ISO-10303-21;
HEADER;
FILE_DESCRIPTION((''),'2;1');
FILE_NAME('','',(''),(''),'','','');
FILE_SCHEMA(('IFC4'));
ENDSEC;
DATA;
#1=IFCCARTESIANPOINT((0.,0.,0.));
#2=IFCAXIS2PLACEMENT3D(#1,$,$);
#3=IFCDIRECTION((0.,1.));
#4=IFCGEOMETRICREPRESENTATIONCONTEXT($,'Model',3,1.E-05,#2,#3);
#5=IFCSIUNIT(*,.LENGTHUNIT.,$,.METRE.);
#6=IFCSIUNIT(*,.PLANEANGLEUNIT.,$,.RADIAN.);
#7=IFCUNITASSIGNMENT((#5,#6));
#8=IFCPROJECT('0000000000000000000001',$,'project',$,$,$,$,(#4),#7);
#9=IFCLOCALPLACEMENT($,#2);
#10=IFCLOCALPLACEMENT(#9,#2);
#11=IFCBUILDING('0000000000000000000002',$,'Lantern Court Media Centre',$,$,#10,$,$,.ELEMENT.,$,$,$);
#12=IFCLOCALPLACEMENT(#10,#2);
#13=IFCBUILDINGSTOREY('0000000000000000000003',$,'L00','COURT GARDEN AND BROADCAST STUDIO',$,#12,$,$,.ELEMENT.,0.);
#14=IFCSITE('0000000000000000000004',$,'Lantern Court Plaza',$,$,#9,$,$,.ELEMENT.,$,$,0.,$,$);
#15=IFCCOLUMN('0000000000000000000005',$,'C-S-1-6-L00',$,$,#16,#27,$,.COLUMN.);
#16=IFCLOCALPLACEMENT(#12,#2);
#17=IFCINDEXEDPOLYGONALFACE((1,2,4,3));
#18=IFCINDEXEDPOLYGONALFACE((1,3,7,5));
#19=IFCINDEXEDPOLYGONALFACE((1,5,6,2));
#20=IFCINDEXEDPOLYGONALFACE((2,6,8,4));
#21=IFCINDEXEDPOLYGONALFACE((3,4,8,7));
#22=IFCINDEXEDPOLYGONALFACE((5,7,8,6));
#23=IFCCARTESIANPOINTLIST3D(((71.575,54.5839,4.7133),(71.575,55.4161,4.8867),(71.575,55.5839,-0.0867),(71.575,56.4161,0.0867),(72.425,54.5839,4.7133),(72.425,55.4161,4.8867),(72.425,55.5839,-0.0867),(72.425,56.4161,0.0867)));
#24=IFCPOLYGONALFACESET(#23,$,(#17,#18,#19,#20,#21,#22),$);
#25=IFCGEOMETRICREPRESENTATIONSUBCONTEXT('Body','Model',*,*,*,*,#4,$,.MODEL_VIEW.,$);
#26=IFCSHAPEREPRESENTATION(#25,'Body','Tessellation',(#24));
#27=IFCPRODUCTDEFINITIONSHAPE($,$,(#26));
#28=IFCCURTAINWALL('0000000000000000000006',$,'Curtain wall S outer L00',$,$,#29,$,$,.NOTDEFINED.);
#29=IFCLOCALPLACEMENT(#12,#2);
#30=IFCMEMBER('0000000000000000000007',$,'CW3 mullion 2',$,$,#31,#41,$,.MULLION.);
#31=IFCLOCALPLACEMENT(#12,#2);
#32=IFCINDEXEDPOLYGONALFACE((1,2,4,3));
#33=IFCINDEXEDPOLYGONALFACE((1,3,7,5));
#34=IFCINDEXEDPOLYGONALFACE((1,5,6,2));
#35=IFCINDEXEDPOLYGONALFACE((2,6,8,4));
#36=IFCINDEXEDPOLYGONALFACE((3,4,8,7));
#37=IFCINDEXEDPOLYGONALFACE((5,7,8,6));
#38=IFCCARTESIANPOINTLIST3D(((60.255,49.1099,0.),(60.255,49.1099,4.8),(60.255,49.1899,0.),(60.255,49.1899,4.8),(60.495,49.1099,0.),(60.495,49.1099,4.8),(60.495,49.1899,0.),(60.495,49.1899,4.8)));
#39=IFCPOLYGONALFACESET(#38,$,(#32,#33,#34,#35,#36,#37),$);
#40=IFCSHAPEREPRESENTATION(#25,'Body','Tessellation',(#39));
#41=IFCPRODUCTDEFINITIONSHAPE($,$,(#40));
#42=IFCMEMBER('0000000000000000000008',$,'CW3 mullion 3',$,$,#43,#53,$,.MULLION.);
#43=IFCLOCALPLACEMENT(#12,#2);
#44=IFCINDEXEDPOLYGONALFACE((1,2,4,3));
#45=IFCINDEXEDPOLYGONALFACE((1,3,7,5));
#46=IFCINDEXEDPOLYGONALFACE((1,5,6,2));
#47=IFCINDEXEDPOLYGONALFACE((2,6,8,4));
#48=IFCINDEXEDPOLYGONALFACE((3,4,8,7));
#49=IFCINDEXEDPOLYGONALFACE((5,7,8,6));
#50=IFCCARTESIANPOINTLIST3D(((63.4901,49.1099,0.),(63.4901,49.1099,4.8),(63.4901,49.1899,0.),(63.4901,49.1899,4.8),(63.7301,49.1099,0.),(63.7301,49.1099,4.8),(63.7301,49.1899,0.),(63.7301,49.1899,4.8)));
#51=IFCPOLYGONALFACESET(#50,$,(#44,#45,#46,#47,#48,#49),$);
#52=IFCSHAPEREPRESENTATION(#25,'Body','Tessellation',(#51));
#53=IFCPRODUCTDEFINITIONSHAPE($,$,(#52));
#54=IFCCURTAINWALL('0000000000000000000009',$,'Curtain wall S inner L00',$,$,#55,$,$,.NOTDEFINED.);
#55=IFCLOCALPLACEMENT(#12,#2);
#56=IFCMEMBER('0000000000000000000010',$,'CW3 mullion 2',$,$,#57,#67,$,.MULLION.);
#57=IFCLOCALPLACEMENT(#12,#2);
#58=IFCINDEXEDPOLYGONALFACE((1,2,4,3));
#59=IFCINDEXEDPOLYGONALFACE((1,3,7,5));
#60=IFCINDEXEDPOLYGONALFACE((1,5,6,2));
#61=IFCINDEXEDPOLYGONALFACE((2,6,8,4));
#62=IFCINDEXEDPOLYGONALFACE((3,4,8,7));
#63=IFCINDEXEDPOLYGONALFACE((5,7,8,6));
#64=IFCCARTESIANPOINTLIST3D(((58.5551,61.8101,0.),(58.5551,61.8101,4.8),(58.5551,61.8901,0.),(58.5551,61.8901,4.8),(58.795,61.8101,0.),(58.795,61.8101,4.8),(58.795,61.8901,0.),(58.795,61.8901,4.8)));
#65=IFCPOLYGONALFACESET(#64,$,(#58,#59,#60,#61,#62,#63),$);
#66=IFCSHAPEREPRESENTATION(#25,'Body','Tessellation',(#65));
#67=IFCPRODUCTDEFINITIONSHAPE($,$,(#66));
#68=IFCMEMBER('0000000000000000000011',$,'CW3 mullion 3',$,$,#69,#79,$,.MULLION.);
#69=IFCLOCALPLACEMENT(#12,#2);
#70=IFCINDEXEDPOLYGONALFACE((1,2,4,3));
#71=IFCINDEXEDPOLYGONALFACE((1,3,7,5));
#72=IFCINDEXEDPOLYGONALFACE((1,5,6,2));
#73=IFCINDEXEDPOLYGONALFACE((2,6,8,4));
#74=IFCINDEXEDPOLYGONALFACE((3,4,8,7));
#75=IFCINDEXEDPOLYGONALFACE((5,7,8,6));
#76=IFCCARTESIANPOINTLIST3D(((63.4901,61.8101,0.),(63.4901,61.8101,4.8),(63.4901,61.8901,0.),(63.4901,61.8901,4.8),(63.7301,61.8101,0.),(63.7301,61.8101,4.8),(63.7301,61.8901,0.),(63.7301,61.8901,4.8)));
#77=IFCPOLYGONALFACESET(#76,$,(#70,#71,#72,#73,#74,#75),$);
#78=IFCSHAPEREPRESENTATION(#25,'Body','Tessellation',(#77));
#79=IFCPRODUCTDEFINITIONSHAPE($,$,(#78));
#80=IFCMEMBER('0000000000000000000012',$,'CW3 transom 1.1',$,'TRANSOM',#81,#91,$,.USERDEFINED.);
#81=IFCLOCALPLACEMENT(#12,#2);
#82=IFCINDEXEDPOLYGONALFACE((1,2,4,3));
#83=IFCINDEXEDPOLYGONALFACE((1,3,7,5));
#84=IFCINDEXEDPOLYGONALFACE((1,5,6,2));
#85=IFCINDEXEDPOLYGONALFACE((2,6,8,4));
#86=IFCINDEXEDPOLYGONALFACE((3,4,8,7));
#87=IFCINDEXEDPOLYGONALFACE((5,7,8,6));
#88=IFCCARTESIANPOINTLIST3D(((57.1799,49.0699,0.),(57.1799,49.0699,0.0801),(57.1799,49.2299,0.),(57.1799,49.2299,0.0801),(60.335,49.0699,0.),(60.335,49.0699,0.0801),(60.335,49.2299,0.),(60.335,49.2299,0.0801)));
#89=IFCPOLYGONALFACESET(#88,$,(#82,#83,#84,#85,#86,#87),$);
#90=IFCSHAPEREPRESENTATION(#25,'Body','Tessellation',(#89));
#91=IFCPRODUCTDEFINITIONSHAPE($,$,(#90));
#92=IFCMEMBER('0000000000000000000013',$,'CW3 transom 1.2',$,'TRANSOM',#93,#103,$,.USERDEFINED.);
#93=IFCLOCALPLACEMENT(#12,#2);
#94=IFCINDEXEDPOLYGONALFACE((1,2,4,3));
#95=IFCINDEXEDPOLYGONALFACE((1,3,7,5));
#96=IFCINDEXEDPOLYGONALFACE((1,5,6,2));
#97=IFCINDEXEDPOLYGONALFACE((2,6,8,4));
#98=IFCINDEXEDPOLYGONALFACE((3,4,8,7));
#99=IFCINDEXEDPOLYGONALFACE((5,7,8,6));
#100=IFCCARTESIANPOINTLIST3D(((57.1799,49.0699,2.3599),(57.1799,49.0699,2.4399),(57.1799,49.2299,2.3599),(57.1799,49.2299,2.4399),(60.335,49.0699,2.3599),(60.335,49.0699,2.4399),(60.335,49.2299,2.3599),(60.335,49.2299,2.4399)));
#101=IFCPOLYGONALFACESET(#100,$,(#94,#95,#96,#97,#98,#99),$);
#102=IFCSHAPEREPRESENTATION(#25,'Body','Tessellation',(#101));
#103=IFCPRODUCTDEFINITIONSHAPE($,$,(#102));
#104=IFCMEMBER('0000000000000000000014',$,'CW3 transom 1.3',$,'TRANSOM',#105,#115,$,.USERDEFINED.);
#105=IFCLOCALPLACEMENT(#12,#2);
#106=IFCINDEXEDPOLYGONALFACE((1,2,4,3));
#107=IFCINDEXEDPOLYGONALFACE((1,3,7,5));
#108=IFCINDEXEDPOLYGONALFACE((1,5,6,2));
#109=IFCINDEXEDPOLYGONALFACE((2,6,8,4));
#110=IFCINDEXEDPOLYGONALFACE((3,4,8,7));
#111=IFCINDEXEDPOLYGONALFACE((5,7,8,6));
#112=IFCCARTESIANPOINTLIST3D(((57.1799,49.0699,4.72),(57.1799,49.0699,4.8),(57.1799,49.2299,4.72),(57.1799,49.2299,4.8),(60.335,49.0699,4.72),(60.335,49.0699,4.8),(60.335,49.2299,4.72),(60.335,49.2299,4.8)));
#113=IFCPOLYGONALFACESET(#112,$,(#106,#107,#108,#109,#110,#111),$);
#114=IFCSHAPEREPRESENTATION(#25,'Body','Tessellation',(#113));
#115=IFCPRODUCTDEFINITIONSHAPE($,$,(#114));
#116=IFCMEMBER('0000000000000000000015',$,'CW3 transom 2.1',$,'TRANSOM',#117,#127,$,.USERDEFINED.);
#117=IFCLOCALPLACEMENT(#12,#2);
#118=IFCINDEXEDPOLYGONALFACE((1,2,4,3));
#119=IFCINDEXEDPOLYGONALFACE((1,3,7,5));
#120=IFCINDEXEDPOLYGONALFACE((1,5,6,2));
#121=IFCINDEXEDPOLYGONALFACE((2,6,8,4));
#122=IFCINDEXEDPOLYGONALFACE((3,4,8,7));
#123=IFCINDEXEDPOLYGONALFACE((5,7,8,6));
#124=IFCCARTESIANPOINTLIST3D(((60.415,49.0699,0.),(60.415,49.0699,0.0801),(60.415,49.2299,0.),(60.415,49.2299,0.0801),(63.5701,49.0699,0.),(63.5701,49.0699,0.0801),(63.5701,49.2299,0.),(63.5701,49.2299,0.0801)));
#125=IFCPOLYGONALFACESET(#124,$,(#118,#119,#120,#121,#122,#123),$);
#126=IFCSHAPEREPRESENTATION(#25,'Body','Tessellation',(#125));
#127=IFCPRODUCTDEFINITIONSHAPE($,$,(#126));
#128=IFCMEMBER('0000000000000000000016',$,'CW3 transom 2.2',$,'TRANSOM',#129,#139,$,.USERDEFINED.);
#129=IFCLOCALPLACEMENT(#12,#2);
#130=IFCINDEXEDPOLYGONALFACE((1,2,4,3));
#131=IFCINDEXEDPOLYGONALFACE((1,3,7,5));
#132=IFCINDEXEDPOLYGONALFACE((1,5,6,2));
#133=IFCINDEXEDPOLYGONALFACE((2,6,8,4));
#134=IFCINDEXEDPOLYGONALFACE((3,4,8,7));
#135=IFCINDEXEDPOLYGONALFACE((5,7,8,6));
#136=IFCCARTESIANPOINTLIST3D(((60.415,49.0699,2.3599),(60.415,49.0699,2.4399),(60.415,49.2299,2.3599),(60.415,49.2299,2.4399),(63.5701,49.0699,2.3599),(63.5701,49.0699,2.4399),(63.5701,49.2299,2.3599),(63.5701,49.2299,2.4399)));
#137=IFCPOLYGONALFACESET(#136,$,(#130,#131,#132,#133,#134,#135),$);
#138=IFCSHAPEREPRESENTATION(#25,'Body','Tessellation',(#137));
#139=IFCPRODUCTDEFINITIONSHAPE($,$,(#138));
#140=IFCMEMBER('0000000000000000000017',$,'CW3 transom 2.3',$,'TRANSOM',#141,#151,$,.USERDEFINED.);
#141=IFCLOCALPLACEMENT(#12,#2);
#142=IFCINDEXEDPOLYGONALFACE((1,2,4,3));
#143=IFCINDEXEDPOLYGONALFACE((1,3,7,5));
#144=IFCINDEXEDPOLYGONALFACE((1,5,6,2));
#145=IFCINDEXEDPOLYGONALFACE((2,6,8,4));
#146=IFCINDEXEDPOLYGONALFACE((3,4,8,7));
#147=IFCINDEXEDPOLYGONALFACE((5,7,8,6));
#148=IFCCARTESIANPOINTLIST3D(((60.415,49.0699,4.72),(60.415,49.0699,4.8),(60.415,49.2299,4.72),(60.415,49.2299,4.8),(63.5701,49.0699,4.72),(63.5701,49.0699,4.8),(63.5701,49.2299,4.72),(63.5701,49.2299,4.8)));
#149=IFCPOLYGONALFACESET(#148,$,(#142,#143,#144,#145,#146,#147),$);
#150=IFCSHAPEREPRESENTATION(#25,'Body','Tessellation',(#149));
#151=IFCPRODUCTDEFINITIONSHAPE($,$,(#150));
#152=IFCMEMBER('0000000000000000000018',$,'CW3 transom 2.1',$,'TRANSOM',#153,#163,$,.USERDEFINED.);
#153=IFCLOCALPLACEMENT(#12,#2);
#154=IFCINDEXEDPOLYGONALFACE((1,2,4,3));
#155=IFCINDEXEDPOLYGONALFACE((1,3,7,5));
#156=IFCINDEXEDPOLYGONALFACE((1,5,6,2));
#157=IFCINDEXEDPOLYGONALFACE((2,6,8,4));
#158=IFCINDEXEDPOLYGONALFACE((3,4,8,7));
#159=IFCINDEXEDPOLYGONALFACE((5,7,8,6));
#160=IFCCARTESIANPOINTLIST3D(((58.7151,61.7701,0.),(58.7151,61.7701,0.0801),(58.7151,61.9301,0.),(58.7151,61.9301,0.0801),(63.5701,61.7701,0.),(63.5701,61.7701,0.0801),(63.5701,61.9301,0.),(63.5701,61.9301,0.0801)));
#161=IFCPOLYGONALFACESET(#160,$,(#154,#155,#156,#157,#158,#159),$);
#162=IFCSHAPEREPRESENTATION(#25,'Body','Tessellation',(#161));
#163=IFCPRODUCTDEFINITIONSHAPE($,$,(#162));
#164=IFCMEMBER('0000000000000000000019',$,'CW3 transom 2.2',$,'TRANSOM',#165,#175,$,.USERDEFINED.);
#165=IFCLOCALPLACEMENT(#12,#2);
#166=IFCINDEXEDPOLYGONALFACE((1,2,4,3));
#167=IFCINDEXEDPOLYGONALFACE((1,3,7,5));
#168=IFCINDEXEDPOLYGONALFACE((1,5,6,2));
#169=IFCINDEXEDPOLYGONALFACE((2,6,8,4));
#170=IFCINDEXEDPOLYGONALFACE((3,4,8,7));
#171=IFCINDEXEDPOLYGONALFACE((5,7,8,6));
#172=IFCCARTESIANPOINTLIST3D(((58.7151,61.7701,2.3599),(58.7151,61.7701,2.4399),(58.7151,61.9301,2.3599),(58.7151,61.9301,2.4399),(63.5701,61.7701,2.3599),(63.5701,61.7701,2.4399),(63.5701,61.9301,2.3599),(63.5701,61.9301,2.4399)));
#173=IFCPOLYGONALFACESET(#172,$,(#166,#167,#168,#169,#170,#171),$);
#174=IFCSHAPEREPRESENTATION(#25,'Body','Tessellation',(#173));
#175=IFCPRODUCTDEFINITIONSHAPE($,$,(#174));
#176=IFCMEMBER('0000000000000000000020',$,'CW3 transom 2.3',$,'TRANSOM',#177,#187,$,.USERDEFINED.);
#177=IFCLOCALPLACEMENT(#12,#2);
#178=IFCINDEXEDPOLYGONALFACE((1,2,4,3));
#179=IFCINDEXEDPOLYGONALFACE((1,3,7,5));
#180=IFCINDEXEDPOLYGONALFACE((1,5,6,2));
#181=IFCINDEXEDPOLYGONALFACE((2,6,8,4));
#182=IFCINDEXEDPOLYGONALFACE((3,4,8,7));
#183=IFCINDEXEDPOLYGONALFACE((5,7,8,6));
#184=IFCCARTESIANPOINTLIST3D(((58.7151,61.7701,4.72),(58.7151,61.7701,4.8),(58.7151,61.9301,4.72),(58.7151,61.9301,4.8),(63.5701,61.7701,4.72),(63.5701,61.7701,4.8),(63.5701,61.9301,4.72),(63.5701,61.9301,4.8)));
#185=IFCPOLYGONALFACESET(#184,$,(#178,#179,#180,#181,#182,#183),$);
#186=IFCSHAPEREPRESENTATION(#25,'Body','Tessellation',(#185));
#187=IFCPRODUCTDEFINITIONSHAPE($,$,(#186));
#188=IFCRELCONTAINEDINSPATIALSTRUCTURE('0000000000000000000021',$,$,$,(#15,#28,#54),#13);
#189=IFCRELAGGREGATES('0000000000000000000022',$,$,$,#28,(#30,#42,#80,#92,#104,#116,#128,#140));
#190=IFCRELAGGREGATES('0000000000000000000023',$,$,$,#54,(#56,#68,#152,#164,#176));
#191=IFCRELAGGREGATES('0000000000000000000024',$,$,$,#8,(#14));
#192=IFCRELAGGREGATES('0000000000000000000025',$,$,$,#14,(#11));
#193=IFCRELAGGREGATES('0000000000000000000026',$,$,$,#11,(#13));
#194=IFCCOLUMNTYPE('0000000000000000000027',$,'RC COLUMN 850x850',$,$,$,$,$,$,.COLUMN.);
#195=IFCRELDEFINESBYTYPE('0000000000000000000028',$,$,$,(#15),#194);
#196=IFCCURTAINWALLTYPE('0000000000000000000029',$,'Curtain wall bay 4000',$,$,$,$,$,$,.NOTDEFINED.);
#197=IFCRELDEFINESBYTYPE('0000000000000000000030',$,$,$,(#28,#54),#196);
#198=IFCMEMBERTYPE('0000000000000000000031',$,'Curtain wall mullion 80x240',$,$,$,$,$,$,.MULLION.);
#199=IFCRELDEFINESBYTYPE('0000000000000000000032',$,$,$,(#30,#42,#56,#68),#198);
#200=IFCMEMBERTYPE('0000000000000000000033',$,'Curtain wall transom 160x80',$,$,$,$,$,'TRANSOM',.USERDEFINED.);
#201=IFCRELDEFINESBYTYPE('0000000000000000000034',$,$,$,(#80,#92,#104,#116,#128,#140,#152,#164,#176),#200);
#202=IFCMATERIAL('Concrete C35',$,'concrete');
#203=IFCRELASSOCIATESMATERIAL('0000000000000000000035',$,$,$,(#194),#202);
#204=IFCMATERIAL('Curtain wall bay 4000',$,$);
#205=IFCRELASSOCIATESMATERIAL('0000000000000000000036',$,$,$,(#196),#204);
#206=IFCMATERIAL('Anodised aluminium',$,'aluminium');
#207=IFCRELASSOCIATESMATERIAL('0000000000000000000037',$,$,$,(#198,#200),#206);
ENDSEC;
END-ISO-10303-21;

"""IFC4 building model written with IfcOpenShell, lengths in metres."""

from ifc_helpers import new_model, si_unit, direction, frame, origin, origin_2d, place, context, subcontext, project, spatial, rectangle, extrude, material, material_profile, profile_set, type_object, element, aggregate, save


model = new_model("IFC4")

# Units and contexts
model_context = context("Model", 3, precision=1e-05, world=origin(), true_north=direction((0.0, 1.0)))
body_context = subcontext(model_context, "Body", "Model", "MODEL_VIEW")
ifc_project = project(units=[si_unit("LENGTHUNIT", "METRE"), si_unit("PLANEANGLEUNIT", "RADIAN")], contexts=[model_context])

# Site, building, storey
site_placement = place(None, origin())
site = spatial("IfcSite", under=ifc_project, at=site_placement, Name="Lantern Court Plaza", CompositionType="ELEMENT", RefElevation=0.0)
building_placement = place(site_placement, origin())
building = spatial("IfcBuilding", under=site, at=building_placement, Name="Lantern Court Media Centre", CompositionType="ELEMENT")
storey_placement = place(building_placement, origin())
storey = spatial("IfcBuildingStorey", under=building, at=storey_placement, Name="L00", Description="COURT GARDEN AND BROADCAST STUDIO", CompositionType="ELEMENT", Elevation=0.0)

# Column
ifc_material_1 = material(Name="Concrete C35", Category="concrete")
ifc_material_profile_1 = material_profile(ifc_material_1, rectangle(XDim=0.8501, YDim=0.8501, at=origin_2d()), Name="RC 850x850")
ifc_profile_set_1 = profile_set([ifc_material_profile_1], Name="Concrete C35")
column_type = type_object("IfcColumnType", Name="RC COLUMN 850x850", PredefinedType="COLUMN", material=ifc_profile_set_1)
column_placement = place(storey_placement, frame((72.0, 56.0, 0.0), z_axis=(0.0, -0.203952, 0.978981), x_axis=(1.0, 0.0, 0.0)))
element("IfcColumn", 1, at=column_placement, inside=storey, type_object=column_type, Name="C-S-1-6-L00", PredefinedType="COLUMN", context=body_context, shape_type="SweptSolid", body=[
    extrude(rectangle(XDim=0.8501, YDim=0.8501, at=origin_2d()), origin(), (0.0, 0.0, 1.0), 4.9031),
])

# Curtain walls, members
ifc_material_2 = material(Name="Curtain wall bay 4000")
curtain_wall_type_1 = type_object("IfcCurtainWallType", Name="Curtain wall bay 4000", PredefinedType="NOTDEFINED", material=ifc_material_2)
curtain_wall_1_placement = place(storey_placement, origin())
curtain_wall_1 = element("IfcCurtainWall", 2, at=curtain_wall_1_placement, inside=storey, type_object=curtain_wall_type_1, Name="Curtain wall S outer L00", PredefinedType="NOTDEFINED")
ifc_material_3 = material(Name="Anodised aluminium", Category="aluminium")
ifc_material_profile_2 = material_profile(ifc_material_3, rectangle(XDim=0.0801, YDim=0.24, at=origin_2d()), Name="AL 80x240")
ifc_profile_set_2 = profile_set([ifc_material_profile_2], Name="Anodised aluminium")
member_type_1 = type_object("IfcMemberType", Name="Curtain wall mullion 80x240", PredefinedType="MULLION", material=ifc_profile_set_2)
member_1_placement = place(storey_placement, frame((60.375, 49.1499, 0.0), z_axis=(0.0, 0.0, 1.0), x_axis=(0.0, 1.0, 0.0)))
member_1 = element("IfcMember", 3, at=member_1_placement, type_object=member_type_1, Name="CW3 mullion 2", PredefinedType="MULLION", context=body_context, shape_type="SweptSolid", body=[
    extrude(rectangle(XDim=0.0801, YDim=0.24, at=origin_2d()), origin(), (0.0, 0.0, 1.0), 4.8),
])
member_2_placement = place(storey_placement, frame((63.6101, 49.1499, 0.0), z_axis=(0.0, 0.0, 1.0), x_axis=(0.0, 1.0, 0.0)))
member_2 = element("IfcMember", 4, at=member_2_placement, type_object=member_type_1, Name="CW3 mullion 3", PredefinedType="MULLION", context=body_context, shape_type="SweptSolid", body=[
    extrude(rectangle(XDim=0.0801, YDim=0.24, at=origin_2d()), origin(), (0.0, 0.0, 1.0), 4.8),
])
curtain_wall_2_placement = place(storey_placement, origin())
curtain_wall_2 = element("IfcCurtainWall", 5, at=curtain_wall_2_placement, inside=storey, type_object=curtain_wall_type_1, Name="Curtain wall S inner L00", PredefinedType="NOTDEFINED")
member_3_placement = place(storey_placement, frame((58.675, 61.8501, 0.0), z_axis=(0.0, 0.0, 1.0), x_axis=(0.0, 1.0, 0.0)))
member_3 = element("IfcMember", 6, at=member_3_placement, type_object=member_type_1, Name="CW3 mullion 2", PredefinedType="MULLION", context=body_context, shape_type="SweptSolid", body=[
    extrude(rectangle(XDim=0.0801, YDim=0.24, at=origin_2d()), origin(), (0.0, 0.0, 1.0), 4.8),
])
member_4_placement = place(storey_placement, frame((63.6101, 61.8501, 0.0), z_axis=(0.0, 0.0, 1.0), x_axis=(0.0, 1.0, 0.0)))
member_4 = element("IfcMember", 7, at=member_4_placement, type_object=member_type_1, Name="CW3 mullion 3", PredefinedType="MULLION", context=body_context, shape_type="SweptSolid", body=[
    extrude(rectangle(XDim=0.0801, YDim=0.24, at=origin_2d()), origin(), (0.0, 0.0, 1.0), 4.8),
])

# Members
ifc_material_profile_3 = material_profile(ifc_material_3, rectangle(XDim=0.1599, YDim=0.0801, at=origin_2d()), Name="AL 80x160")
ifc_profile_set_3 = profile_set([ifc_material_profile_3], Name="Anodised aluminium")
member_type_2 = type_object("IfcMemberType", Name="Curtain wall transom 160x80", ElementType="TRANSOM", PredefinedType="USERDEFINED", material=ifc_profile_set_3)
member_5_placement = place(storey_placement, frame((57.1799, 49.1499, 0.04), z_axis=(1.0, 0.0, 0.0), x_axis=(0.0, 1.0, 0.0)))
member_5 = element("IfcMember", 8, at=member_5_placement, type_object=member_type_2, Name="CW3 transom 1.1", ObjectType="TRANSOM", PredefinedType="USERDEFINED", context=body_context, shape_type="SweptSolid", body=[
    extrude(rectangle(XDim=0.1599, YDim=0.0801, at=origin_2d()), origin(), (0.0, 0.0, 1.0), 3.155),
])
member_6_placement = place(storey_placement, frame((57.1799, 49.1499, 2.3999), z_axis=(1.0, 0.0, 0.0), x_axis=(0.0, 1.0, 0.0)))
member_6 = element("IfcMember", 9, at=member_6_placement, type_object=member_type_2, Name="CW3 transom 1.2", ObjectType="TRANSOM", PredefinedType="USERDEFINED", context=body_context, shape_type="SweptSolid", body=[
    extrude(rectangle(XDim=0.1599, YDim=0.0801, at=origin_2d()), origin(), (0.0, 0.0, 1.0), 3.155),
])
member_7_placement = place(storey_placement, frame((57.1799, 49.1499, 4.76), z_axis=(1.0, 0.0, 0.0), x_axis=(0.0, 1.0, 0.0)))
member_7 = element("IfcMember", 10, at=member_7_placement, type_object=member_type_2, Name="CW3 transom 1.3", ObjectType="TRANSOM", PredefinedType="USERDEFINED", context=body_context, shape_type="SweptSolid", body=[
    extrude(rectangle(XDim=0.1599, YDim=0.0801, at=origin_2d()), origin(), (0.0, 0.0, 1.0), 3.155),
])
member_8_placement = place(storey_placement, frame((60.415, 49.1499, 0.04), z_axis=(1.0, 0.0, 0.0), x_axis=(0.0, 1.0, 0.0)))
member_8 = element("IfcMember", 11, at=member_8_placement, type_object=member_type_2, Name="CW3 transom 2.1", ObjectType="TRANSOM", PredefinedType="USERDEFINED", context=body_context, shape_type="SweptSolid", body=[
    extrude(rectangle(XDim=0.1599, YDim=0.0801, at=origin_2d()), origin(), (0.0, 0.0, 1.0), 3.155),
])
member_9_placement = place(storey_placement, frame((60.415, 49.1499, 2.3999), z_axis=(1.0, 0.0, 0.0), x_axis=(0.0, 1.0, 0.0)))
member_9 = element("IfcMember", 12, at=member_9_placement, type_object=member_type_2, Name="CW3 transom 2.2", ObjectType="TRANSOM", PredefinedType="USERDEFINED", context=body_context, shape_type="SweptSolid", body=[
    extrude(rectangle(XDim=0.1599, YDim=0.0801, at=origin_2d()), origin(), (0.0, 0.0, 1.0), 3.155),
])
member_10_placement = place(storey_placement, frame((60.415, 49.1499, 4.76), z_axis=(1.0, 0.0, 0.0), x_axis=(0.0, 1.0, 0.0)))
member_10 = element("IfcMember", 13, at=member_10_placement, type_object=member_type_2, Name="CW3 transom 2.3", ObjectType="TRANSOM", PredefinedType="USERDEFINED", context=body_context, shape_type="SweptSolid", body=[
    extrude(rectangle(XDim=0.1599, YDim=0.0801, at=origin_2d()), origin(), (0.0, 0.0, 1.0), 3.155),
])
member_11_placement = place(storey_placement, frame((58.7151, 61.8501, 0.04), z_axis=(1.0, 0.0, 0.0), x_axis=(0.0, 1.0, 0.0)))
member_11 = element("IfcMember", 14, at=member_11_placement, type_object=member_type_2, Name="CW3 transom 2.1", ObjectType="TRANSOM", PredefinedType="USERDEFINED", context=body_context, shape_type="SweptSolid", body=[
    extrude(rectangle(XDim=0.1599, YDim=0.0801, at=origin_2d()), origin(), (0.0, 0.0, 1.0), 4.855),
])
member_12_placement = place(storey_placement, frame((58.7151, 61.8501, 2.3999), z_axis=(1.0, 0.0, 0.0), x_axis=(0.0, 1.0, 0.0)))
member_12 = element("IfcMember", 15, at=member_12_placement, type_object=member_type_2, Name="CW3 transom 2.2", ObjectType="TRANSOM", PredefinedType="USERDEFINED", context=body_context, shape_type="SweptSolid", body=[
    extrude(rectangle(XDim=0.1599, YDim=0.0801, at=origin_2d()), origin(), (0.0, 0.0, 1.0), 4.855),
])
member_13_placement = place(storey_placement, frame((58.7151, 61.8501, 4.76), z_axis=(1.0, 0.0, 0.0), x_axis=(0.0, 1.0, 0.0)))
member_13 = element("IfcMember", 16, at=member_13_placement, type_object=member_type_2, Name="CW3 transom 2.3", ObjectType="TRANSOM", PredefinedType="USERDEFINED", context=body_context, shape_type="SweptSolid", body=[
    extrude(rectangle(XDim=0.1599, YDim=0.0801, at=origin_2d()), origin(), (0.0, 0.0, 1.0), 4.855),
])

aggregate(curtain_wall_1, [member_1, member_2, member_5, member_6, member_7, member_8, member_9, member_10])
aggregate(curtain_wall_2, [member_3, member_4, member_11, member_12, member_13])

save(model, "model.ifc")
